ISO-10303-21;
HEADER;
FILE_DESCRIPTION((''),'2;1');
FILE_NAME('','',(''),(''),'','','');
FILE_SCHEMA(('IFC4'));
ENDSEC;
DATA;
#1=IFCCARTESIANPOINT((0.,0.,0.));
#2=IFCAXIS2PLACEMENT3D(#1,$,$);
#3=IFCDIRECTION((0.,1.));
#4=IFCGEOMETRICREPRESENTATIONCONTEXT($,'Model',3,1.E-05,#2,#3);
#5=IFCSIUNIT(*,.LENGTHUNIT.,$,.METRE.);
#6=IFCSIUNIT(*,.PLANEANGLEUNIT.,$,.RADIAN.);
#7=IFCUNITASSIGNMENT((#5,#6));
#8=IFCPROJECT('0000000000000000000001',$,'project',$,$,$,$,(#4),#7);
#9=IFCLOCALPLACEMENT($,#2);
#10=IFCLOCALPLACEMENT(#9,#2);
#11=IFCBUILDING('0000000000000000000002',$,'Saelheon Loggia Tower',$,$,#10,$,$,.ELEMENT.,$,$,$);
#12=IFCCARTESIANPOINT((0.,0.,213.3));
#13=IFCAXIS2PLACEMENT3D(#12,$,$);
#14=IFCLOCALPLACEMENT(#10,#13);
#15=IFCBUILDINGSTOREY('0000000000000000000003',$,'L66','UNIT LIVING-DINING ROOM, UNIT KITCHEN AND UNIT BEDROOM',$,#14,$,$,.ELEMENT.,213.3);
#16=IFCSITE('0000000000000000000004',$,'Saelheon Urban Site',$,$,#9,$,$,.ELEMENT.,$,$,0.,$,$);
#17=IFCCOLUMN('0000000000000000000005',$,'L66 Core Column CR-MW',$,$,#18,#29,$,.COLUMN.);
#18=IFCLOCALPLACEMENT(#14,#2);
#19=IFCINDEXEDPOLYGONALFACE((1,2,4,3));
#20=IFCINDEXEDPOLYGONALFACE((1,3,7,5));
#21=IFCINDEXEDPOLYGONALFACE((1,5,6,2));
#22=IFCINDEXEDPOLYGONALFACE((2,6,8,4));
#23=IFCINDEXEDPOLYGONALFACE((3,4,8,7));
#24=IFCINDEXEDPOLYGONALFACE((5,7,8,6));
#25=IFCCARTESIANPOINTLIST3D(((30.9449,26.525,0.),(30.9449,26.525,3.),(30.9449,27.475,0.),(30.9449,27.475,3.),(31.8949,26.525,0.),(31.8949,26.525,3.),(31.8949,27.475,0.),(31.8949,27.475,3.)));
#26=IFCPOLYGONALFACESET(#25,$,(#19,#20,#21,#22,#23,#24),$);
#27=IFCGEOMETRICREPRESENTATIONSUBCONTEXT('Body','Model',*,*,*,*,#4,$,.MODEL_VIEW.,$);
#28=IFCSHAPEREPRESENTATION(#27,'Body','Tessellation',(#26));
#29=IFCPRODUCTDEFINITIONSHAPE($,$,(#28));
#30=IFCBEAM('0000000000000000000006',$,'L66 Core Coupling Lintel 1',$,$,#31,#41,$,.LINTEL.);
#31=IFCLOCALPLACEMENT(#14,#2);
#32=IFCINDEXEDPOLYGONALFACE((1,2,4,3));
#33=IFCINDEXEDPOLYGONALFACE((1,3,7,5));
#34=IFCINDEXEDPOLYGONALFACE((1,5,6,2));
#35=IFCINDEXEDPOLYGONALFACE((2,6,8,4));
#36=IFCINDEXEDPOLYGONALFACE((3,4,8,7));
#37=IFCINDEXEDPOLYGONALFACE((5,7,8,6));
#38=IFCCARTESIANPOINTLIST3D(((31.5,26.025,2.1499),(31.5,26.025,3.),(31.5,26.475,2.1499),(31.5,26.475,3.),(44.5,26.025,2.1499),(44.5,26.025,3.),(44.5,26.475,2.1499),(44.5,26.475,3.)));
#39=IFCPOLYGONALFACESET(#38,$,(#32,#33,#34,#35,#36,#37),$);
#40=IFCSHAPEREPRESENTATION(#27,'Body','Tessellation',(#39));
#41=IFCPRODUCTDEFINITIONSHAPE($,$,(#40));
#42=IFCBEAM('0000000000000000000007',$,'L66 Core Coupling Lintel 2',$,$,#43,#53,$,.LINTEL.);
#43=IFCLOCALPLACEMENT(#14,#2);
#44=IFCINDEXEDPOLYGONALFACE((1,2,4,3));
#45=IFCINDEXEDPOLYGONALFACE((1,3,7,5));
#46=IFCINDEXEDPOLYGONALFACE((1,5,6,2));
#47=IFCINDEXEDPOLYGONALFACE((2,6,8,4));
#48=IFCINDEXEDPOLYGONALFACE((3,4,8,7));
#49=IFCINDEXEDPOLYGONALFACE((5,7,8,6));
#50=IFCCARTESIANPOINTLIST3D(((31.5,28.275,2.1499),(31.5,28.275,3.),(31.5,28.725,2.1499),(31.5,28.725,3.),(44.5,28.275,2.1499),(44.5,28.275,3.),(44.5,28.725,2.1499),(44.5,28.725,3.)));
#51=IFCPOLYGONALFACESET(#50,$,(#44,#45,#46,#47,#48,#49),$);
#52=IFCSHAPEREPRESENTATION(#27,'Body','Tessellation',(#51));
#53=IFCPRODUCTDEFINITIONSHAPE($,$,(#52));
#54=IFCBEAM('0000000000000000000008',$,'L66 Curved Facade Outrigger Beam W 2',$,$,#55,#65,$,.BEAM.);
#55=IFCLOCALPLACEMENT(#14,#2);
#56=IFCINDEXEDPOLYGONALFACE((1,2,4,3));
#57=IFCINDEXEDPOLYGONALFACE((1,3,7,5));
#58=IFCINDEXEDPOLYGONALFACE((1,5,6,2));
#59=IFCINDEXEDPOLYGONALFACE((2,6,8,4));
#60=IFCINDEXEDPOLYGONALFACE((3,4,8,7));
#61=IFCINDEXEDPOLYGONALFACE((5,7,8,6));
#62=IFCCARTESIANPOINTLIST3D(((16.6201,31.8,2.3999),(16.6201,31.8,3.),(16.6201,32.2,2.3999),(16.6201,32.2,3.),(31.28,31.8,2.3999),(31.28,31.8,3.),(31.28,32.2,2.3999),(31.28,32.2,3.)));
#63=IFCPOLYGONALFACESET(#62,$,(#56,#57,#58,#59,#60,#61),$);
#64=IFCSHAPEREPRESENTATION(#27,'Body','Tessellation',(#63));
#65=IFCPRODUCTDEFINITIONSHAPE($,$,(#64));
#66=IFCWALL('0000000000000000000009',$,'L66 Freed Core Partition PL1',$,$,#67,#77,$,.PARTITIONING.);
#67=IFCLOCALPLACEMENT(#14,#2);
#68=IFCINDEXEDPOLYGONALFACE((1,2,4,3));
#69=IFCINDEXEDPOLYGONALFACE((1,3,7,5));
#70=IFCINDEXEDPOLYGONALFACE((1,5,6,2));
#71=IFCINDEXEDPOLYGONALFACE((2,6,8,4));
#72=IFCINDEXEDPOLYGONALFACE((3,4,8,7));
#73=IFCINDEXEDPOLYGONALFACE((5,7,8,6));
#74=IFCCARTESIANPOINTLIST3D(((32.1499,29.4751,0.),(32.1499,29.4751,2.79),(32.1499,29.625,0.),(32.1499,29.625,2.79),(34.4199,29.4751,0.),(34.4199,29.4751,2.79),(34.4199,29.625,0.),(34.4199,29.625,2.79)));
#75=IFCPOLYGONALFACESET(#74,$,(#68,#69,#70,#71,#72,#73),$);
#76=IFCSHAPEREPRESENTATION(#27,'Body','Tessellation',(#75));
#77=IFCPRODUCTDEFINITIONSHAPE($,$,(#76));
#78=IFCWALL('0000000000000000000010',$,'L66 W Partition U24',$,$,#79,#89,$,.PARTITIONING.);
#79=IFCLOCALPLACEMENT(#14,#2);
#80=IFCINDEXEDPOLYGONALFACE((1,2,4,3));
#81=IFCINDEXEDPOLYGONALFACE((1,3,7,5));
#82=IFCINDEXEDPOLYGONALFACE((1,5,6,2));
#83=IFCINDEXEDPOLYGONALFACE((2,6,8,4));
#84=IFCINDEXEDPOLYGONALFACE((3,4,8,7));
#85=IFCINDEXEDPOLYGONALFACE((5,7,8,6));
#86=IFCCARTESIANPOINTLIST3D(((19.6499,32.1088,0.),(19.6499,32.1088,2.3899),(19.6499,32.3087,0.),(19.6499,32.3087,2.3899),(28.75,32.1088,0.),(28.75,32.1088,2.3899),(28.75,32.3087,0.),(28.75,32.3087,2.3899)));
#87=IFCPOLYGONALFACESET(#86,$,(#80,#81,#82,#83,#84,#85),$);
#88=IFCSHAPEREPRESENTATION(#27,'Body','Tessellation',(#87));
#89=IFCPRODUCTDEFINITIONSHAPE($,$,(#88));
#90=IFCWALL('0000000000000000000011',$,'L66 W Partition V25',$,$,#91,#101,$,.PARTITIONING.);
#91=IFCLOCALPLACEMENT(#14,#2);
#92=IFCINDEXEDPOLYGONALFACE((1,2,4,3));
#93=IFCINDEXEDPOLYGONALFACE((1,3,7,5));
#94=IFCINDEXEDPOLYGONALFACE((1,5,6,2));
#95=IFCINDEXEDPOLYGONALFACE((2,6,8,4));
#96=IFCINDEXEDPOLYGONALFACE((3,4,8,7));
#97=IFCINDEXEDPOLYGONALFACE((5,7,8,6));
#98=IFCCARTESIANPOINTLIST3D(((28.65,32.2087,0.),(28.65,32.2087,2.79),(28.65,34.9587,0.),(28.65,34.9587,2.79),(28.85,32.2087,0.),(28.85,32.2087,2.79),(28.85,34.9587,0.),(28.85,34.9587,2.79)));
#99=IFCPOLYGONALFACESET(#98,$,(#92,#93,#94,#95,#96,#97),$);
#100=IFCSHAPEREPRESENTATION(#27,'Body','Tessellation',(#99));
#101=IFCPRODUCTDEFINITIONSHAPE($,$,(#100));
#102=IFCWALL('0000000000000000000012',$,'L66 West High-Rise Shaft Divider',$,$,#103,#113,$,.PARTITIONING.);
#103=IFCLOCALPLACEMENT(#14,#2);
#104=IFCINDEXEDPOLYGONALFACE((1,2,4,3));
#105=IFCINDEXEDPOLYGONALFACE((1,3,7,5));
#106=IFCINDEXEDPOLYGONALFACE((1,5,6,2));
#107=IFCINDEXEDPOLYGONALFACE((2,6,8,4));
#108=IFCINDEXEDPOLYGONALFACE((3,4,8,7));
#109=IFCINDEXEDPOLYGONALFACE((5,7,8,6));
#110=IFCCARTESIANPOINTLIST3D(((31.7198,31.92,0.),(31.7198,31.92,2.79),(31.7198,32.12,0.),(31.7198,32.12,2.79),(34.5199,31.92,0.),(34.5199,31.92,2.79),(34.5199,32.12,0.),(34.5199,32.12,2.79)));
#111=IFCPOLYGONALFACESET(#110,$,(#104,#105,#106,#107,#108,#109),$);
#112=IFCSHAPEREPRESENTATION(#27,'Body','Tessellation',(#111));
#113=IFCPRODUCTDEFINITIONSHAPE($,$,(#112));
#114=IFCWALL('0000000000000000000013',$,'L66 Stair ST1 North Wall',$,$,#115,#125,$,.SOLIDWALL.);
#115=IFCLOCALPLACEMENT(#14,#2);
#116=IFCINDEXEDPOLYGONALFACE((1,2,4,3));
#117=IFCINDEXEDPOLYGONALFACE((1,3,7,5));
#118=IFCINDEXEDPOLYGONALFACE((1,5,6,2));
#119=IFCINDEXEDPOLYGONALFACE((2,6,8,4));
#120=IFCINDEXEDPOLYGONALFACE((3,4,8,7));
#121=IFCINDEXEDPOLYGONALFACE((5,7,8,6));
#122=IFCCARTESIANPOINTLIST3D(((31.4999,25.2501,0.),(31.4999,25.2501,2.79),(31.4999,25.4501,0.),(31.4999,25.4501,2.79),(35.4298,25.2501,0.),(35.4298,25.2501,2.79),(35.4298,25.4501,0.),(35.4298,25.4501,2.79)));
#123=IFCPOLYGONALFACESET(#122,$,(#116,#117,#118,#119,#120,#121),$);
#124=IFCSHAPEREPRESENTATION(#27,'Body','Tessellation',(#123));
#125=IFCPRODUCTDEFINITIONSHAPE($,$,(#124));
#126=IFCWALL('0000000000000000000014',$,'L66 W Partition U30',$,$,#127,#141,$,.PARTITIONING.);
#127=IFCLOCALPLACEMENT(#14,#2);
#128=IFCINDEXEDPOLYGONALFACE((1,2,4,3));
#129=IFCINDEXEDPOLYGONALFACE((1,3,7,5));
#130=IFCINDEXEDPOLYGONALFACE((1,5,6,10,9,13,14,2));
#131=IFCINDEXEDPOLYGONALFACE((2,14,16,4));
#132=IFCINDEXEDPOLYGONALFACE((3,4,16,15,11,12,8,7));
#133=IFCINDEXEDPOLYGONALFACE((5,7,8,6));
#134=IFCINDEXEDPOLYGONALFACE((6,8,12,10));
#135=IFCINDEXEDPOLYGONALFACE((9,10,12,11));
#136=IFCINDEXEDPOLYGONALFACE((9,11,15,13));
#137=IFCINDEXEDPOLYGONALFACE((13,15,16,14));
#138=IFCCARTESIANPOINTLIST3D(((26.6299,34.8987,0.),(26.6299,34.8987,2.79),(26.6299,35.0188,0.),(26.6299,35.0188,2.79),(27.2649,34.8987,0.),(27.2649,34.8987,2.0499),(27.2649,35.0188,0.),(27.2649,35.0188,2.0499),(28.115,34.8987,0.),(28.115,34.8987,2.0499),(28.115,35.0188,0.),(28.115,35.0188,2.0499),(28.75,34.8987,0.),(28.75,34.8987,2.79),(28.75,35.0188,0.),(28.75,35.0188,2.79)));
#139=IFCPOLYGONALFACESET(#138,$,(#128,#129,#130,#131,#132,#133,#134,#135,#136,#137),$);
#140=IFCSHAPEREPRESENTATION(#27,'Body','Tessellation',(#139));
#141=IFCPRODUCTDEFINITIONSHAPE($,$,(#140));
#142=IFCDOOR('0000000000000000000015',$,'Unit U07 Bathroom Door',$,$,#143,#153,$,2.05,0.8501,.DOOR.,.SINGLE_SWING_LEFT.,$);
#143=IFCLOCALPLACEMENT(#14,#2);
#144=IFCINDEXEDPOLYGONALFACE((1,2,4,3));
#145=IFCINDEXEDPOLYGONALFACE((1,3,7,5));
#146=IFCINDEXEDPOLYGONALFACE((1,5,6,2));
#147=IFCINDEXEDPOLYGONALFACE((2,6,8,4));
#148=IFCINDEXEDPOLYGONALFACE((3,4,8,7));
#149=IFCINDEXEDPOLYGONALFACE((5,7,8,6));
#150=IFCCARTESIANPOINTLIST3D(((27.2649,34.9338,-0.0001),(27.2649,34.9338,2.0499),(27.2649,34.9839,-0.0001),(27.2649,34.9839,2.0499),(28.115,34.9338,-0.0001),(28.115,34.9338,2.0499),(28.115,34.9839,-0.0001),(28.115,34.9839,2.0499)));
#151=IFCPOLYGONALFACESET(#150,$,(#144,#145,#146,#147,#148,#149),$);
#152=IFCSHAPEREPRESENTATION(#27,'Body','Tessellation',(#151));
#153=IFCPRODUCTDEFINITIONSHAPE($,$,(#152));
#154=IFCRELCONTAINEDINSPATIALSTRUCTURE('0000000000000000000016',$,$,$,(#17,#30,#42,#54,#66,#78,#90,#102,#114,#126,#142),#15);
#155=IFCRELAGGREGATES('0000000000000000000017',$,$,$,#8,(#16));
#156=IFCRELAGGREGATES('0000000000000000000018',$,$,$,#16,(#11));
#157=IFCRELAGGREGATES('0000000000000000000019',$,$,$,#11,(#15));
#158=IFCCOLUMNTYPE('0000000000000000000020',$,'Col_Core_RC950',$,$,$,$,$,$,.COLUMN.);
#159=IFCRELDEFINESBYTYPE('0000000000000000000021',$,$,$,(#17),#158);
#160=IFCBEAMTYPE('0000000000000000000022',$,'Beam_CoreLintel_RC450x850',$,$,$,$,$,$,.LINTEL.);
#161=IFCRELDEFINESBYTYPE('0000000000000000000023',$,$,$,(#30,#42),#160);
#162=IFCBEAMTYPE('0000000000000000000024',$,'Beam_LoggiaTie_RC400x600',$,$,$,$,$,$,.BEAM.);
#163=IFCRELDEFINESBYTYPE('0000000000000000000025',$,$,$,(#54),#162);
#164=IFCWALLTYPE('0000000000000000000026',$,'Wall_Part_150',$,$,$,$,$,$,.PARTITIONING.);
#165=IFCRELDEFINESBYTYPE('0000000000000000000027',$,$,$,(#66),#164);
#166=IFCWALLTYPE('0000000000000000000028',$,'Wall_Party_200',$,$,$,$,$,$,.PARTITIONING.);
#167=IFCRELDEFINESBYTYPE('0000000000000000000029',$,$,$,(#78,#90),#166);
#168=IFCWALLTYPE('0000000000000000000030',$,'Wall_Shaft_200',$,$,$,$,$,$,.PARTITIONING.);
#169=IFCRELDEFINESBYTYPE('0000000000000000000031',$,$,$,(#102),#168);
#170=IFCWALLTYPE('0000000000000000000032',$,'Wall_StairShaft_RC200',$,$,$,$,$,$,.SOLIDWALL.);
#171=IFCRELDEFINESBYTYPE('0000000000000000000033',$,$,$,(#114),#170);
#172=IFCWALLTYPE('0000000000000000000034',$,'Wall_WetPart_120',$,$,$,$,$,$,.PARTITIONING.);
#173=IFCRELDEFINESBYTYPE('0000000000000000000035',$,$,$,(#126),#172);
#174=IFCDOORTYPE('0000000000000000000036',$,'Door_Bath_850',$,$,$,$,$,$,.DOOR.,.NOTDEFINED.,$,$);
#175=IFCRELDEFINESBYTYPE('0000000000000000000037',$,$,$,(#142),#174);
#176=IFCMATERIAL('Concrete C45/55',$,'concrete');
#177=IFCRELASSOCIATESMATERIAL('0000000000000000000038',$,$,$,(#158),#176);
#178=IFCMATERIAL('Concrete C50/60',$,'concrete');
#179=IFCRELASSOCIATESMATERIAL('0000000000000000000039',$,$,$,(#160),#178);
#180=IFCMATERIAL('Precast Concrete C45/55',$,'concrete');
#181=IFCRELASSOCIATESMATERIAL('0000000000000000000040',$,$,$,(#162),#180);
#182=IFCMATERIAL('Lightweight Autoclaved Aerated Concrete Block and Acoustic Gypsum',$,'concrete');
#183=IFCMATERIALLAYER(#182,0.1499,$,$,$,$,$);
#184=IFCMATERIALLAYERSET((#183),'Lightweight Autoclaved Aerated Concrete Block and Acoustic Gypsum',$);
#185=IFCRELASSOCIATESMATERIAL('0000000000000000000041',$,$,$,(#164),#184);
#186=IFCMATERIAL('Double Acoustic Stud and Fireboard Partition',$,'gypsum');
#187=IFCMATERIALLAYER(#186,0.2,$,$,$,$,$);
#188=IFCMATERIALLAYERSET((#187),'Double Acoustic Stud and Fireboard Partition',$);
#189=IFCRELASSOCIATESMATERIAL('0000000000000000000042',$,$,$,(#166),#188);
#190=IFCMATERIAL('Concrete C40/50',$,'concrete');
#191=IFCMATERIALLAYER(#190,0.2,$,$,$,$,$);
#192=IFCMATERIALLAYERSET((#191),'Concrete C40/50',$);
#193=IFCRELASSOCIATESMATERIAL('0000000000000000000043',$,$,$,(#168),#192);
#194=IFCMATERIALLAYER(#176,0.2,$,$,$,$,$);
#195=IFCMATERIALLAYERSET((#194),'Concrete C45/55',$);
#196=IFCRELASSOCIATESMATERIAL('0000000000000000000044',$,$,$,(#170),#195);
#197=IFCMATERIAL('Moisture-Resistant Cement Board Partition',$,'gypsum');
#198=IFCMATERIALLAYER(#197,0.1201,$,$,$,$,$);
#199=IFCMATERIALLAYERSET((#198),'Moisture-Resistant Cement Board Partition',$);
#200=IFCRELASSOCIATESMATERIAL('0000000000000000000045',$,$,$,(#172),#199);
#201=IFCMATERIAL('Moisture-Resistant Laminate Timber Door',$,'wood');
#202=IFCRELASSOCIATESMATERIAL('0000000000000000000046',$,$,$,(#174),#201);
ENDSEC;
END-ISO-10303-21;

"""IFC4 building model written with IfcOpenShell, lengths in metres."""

from ifc_helpers import new_model, si_unit, direction, frame, frame_2d, origin, origin_2d, place, context, subcontext, project, spatial, rectangle, extrude, source, transform, mapped, material, layer, layer_set, material_profile, profile_set, type_object, element, fill, save


model = new_model("IFC4")

# Units and contexts
model_context = context("Model", 3, precision=1e-05, world=origin(), true_north=direction((0.0, 1.0)))
body_context = subcontext(model_context, "Body", "Model", "MODEL_VIEW")
ifc_project = project(units=[si_unit("LENGTHUNIT", "METRE"), si_unit("PLANEANGLEUNIT", "RADIAN")], contexts=[model_context])

# Site, building, storey
site_placement = place(None, origin())
site = spatial("IfcSite", under=ifc_project, at=site_placement, Name="Saelheon Urban Site", CompositionType="ELEMENT", RefElevation=0.0)
building_placement = place(site_placement, origin())
building = spatial("IfcBuilding", under=site, at=building_placement, Name="Saelheon Loggia Tower", CompositionType="ELEMENT")
storey_placement = place(building_placement, frame((0.0, 0.0, 213.3)))
storey = spatial("IfcBuildingStorey", under=building, at=storey_placement, Name="L66", Description="UNIT LIVING-DINING ROOM, UNIT KITCHEN AND UNIT BEDROOM", CompositionType="ELEMENT", Elevation=213.3)

# Column
ifc_material_1 = material(Name="Concrete C45/55", Category="concrete")
ifc_material_profile_1 = material_profile(ifc_material_1, rectangle(XDim=0.95, YDim=0.95, at=origin_2d()), Name="RC-950x950")
ifc_profile_set_1 = profile_set([ifc_material_profile_1], Name="Concrete C45/55")
column_type = type_object("IfcColumnType", Name="Col_Core_RC950", PredefinedType="COLUMN", material=ifc_profile_set_1)
shared_shape_1 = source(origin(), body_context, "Body", "SweptSolid", [
    extrude(rectangle(XDim=0.95, YDim=0.95, at=origin_2d()), origin(), (0.0, 0.0, 1.0), 3.0),
])
column_placement = place(storey_placement, frame((31.4199, 27.0, 0.0), z_axis=(0.0, 0.0, 1.0), x_axis=(1.0, 0.0, 0.0)))
element("IfcColumn", 1, at=column_placement, inside=storey, type_object=column_type, Name="L66 Core Column CR-MW", PredefinedType="COLUMN", context=body_context, shape_type="MappedRepresentation", body=[
    mapped(shared_shape_1, transform((0.0, 0.0, 0.0), scale=1.0)),
])

# Beams
ifc_material_2 = material(Name="Concrete C50/60", Category="concrete")
ifc_material_profile_2 = material_profile(ifc_material_2, rectangle(XDim=0.45, YDim=0.8501, at=origin_2d()), Name="RC-450x850")
ifc_profile_set_2 = profile_set([ifc_material_profile_2], Name="Concrete C50/60")
beam_type_1 = type_object("IfcBeamType", Name="Beam_CoreLintel_RC450x850", PredefinedType="LINTEL", material=ifc_profile_set_2)
shared_shape_2 = source(origin(), body_context, "Body", "SweptSolid", [
    extrude(rectangle(XDim=0.45, YDim=0.8501, at=origin_2d()), origin(), (0.0, 0.0, 1.0), 13.0),
])
for number, where, z_axis, x_axis, name in (
    (2, (31.5, 26.25, 2.575), (1.0, 0.0, 0.0), (0.0, 1.0, 0.0), "L66 Core Coupling Lintel 1"),
    (3, (31.5, 28.5, 2.575), (1.0, 0.0, 0.0), (0.0, 1.0, 0.0), "L66 Core Coupling Lintel 2"),
):
    element("IfcBeam", number, at=place(storey_placement, frame(where, z_axis=z_axis, x_axis=x_axis)), inside=storey, type_object=beam_type_1, Name=name, PredefinedType="LINTEL", context=body_context, shape_type="MappedRepresentation", body=[
        mapped(shared_shape_2, transform((0.0, 0.0, 0.0), scale=1.0)),
    ])
ifc_material_3 = material(Name="Precast Concrete C45/55", Category="concrete")
ifc_material_profile_3 = material_profile(ifc_material_3, rectangle(XDim=0.3999, YDim=0.6001, at=origin_2d()), Name="RC-400x600")
ifc_profile_set_3 = profile_set([ifc_material_profile_3], Name="Precast Concrete C45/55")
beam_type_2 = type_object("IfcBeamType", Name="Beam_LoggiaTie_RC400x600", PredefinedType="BEAM", material=ifc_profile_set_3)
shared_shape_3 = source(origin(), body_context, "Body", "SweptSolid", [
    extrude(rectangle(XDim=0.3999, YDim=0.6001, at=origin_2d()), origin(), (0.0, 0.0, 1.0), 14.6599),
])
beam_placement = place(storey_placement, frame((31.28, 32.0, 2.7), z_axis=(-1.0, 0.0, 0.0), x_axis=(0.0, -1.0, 0.0)))
element("IfcBeam", 4, at=beam_placement, inside=storey, type_object=beam_type_2, Name="L66 Curved Facade Outrigger Beam W 2", PredefinedType="BEAM", context=body_context, shape_type="MappedRepresentation", body=[
    mapped(shared_shape_3, transform((0.0, 0.0, 0.0), scale=1.0)),
])

# Walls
ifc_material_4 = material(Name="Lightweight Autoclaved Aerated Concrete Block and Acoustic Gypsum", Category="concrete")
ifc_layer_1 = layer(ifc_material_4, 0.1499)
ifc_layer_set_1 = layer_set([ifc_layer_1], Name="Lightweight Autoclaved Aerated Concrete Block and Acoustic Gypsum")
wall_type_1 = type_object("IfcWallType", Name="Wall_Part_150", PredefinedType="PARTITIONING", material=ifc_layer_set_1)
wall_1_placement = place(storey_placement, frame((32.1499, 29.55, 0.0), z_axis=(0.0, 0.0, 1.0), x_axis=(1.0, 0.0, 0.0)))
element("IfcWall", 5, at=wall_1_placement, inside=storey, type_object=wall_type_1, Name="L66 Freed Core Partition PL1", PredefinedType="PARTITIONING", context=body_context, shape_type="SweptSolid", body=[
    extrude(rectangle(XDim=2.27, YDim=0.1499, at=frame_2d((1.135, 0.0))), origin(), (0.0, 0.0, 1.0), 2.79),
])
ifc_material_5 = material(Name="Double Acoustic Stud and Fireboard Partition", Category="gypsum")
ifc_layer_2 = layer(ifc_material_5, 0.2)
ifc_layer_set_2 = layer_set([ifc_layer_2], Name="Double Acoustic Stud and Fireboard Partition")
wall_type_2 = type_object("IfcWallType", Name="Wall_Party_200", PredefinedType="PARTITIONING", material=ifc_layer_set_2)
wall_2_placement = place(storey_placement, frame((28.75, 32.2087, 0.0), z_axis=(0.0, 0.0, 1.0), x_axis=(-1.0, 0.0, 0.0)))
element("IfcWall", 6, at=wall_2_placement, inside=storey, type_object=wall_type_2, Name="L66 W Partition U24", PredefinedType="PARTITIONING", context=body_context, shape_type="SweptSolid", body=[
    extrude(rectangle(XDim=9.1001, YDim=0.2, at=frame_2d((4.55, 0.0))), origin(), (0.0, 0.0, 1.0), 2.3899),
])
wall_3_placement = place(storey_placement, frame((28.75, 32.2087, 0.0), z_axis=(0.0, 0.0, 1.0), x_axis=(0.0, 1.0, 0.0)))
element("IfcWall", 7, at=wall_3_placement, inside=storey, type_object=wall_type_2, Name="L66 W Partition V25", PredefinedType="PARTITIONING", context=body_context, shape_type="SweptSolid", body=[
    extrude(rectangle(XDim=2.75, YDim=0.2, at=frame_2d((1.375, 0.0))), origin(), (0.0, 0.0, 1.0), 2.79),
])

# Shared definitions
ifc_material_6 = material(Name="Concrete C40/50", Category="concrete")
ifc_layer_3 = layer(ifc_material_6, 0.2)
ifc_layer_set_3 = layer_set([ifc_layer_3], Name="Concrete C40/50")
wall_type_3 = type_object("IfcWallType", Name="Wall_Shaft_200", PredefinedType="PARTITIONING", material=ifc_layer_set_3)

# Walls
wall_4_placement = place(storey_placement, frame((31.72, 32.02, 0.0), z_axis=(0.0, 0.0, 1.0), x_axis=(1.0, 0.0, 0.0)))
element("IfcWall", 8, at=wall_4_placement, inside=storey, type_object=wall_type_3, Name="L66 West High-Rise Shaft Divider", PredefinedType="PARTITIONING", context=body_context, shape_type="SweptSolid", body=[
    extrude(rectangle(XDim=2.8, YDim=0.2, at=frame_2d((1.3999, 0.0))), origin(), (0.0, 0.0, 1.0), 2.79),
])
ifc_layer_4 = layer(ifc_material_1, 0.2)
ifc_layer_set_4 = layer_set([ifc_layer_4], Name="Concrete C45/55")
wall_type_4 = type_object("IfcWallType", Name="Wall_StairShaft_RC200", PredefinedType="SOLIDWALL", material=ifc_layer_set_4)
wall_5_placement = place(storey_placement, frame((31.5, 25.3501, 0.0), z_axis=(0.0, 0.0, 1.0), x_axis=(1.0, 0.0, 0.0)))
element("IfcWall", 9, at=wall_5_placement, inside=storey, type_object=wall_type_4, Name="L66 Stair ST1 North Wall", PredefinedType="SOLIDWALL", context=body_context, shape_type="SweptSolid", body=[
    extrude(rectangle(XDim=3.9299, YDim=0.2, at=frame_2d((1.9648, 0.0))), origin(), (0.0, 0.0, 1.0), 2.79),
])

# Wall, opening, door
ifc_material_7 = material(Name="Moisture-Resistant Cement Board Partition", Category="gypsum")
ifc_layer_5 = layer(ifc_material_7, 0.1201)
ifc_layer_set_5 = layer_set([ifc_layer_5], Name="Moisture-Resistant Cement Board Partition")
wall_type_5 = type_object("IfcWallType", Name="Wall_WetPart_120", PredefinedType="PARTITIONING", material=ifc_layer_set_5)
wall_6_placement = place(storey_placement, frame((28.75, 34.9587, 0.0), z_axis=(0.0, 0.0, 1.0), x_axis=(-1.0, 0.0, 0.0)))
wall_6 = element("IfcWall", 10, at=wall_6_placement, inside=storey, type_object=wall_type_5, Name="L66 W Partition U30", PredefinedType="PARTITIONING", context=body_context, shape_type="SweptSolid", body=[
    extrude(rectangle(XDim=2.1201, YDim=0.1201, at=frame_2d((1.0601, 0.0))), origin(), (0.0, 0.0, 1.0), 2.79),
])
opening_1_placement = place(wall_6_placement, frame((0.635, 0.0, 0.0)))
opening_1 = element("IfcOpeningElement", 11, at=opening_1_placement, cuts=wall_6, PredefinedType="OPENING", context=body_context, shape_type="SweptSolid", body=[
    extrude(rectangle(XDim=0.8501, YDim=2.05, at=frame_2d((0.425, 1.0249))), frame((0.0, 0.072, 0.0), z_axis=(0.0, -1.0, 0.0), x_axis=(1.0, 0.0, 0.0)), (0.0, 0.0, 1.0), 0.144),
])
ifc_material_8 = material(Name="Moisture-Resistant Laminate Timber Door", Category="wood")
door_type_1 = type_object("IfcDoorType", Name="Door_Bath_850", OperationType="NOTDEFINED", PredefinedType="DOOR", material=ifc_material_8)
shared_shape_4 = source(origin(), body_context, "Body", "SweptSolid", [
    extrude(rectangle(XDim=0.8501, YDim=2.05, at=frame_2d((0.425, 1.0249))), frame((0.0, 0.0249, 0.0), z_axis=(0.0, -1.0, 0.0), x_axis=(1.0, 0.0, 0.0)), (0.0, 0.0, 1.0), 0.05),
])
door_1_placement = place(opening_1_placement, origin())
door_1 = element("IfcDoor", 12, at=door_1_placement, inside=storey, type_object=door_type_1, Name="Unit U07 Bathroom Door", OperationType="SINGLE_SWING_LEFT", OverallHeight=2.05, OverallWidth=0.8501, PredefinedType="DOOR", context=body_context, shape_type="MappedRepresentation", body=[
    mapped(shared_shape_4, transform((0.0, 0.0, 0.0), scale=1.0)),
])
fill(opening_1, door_1)

save(model, "model.ifc")
